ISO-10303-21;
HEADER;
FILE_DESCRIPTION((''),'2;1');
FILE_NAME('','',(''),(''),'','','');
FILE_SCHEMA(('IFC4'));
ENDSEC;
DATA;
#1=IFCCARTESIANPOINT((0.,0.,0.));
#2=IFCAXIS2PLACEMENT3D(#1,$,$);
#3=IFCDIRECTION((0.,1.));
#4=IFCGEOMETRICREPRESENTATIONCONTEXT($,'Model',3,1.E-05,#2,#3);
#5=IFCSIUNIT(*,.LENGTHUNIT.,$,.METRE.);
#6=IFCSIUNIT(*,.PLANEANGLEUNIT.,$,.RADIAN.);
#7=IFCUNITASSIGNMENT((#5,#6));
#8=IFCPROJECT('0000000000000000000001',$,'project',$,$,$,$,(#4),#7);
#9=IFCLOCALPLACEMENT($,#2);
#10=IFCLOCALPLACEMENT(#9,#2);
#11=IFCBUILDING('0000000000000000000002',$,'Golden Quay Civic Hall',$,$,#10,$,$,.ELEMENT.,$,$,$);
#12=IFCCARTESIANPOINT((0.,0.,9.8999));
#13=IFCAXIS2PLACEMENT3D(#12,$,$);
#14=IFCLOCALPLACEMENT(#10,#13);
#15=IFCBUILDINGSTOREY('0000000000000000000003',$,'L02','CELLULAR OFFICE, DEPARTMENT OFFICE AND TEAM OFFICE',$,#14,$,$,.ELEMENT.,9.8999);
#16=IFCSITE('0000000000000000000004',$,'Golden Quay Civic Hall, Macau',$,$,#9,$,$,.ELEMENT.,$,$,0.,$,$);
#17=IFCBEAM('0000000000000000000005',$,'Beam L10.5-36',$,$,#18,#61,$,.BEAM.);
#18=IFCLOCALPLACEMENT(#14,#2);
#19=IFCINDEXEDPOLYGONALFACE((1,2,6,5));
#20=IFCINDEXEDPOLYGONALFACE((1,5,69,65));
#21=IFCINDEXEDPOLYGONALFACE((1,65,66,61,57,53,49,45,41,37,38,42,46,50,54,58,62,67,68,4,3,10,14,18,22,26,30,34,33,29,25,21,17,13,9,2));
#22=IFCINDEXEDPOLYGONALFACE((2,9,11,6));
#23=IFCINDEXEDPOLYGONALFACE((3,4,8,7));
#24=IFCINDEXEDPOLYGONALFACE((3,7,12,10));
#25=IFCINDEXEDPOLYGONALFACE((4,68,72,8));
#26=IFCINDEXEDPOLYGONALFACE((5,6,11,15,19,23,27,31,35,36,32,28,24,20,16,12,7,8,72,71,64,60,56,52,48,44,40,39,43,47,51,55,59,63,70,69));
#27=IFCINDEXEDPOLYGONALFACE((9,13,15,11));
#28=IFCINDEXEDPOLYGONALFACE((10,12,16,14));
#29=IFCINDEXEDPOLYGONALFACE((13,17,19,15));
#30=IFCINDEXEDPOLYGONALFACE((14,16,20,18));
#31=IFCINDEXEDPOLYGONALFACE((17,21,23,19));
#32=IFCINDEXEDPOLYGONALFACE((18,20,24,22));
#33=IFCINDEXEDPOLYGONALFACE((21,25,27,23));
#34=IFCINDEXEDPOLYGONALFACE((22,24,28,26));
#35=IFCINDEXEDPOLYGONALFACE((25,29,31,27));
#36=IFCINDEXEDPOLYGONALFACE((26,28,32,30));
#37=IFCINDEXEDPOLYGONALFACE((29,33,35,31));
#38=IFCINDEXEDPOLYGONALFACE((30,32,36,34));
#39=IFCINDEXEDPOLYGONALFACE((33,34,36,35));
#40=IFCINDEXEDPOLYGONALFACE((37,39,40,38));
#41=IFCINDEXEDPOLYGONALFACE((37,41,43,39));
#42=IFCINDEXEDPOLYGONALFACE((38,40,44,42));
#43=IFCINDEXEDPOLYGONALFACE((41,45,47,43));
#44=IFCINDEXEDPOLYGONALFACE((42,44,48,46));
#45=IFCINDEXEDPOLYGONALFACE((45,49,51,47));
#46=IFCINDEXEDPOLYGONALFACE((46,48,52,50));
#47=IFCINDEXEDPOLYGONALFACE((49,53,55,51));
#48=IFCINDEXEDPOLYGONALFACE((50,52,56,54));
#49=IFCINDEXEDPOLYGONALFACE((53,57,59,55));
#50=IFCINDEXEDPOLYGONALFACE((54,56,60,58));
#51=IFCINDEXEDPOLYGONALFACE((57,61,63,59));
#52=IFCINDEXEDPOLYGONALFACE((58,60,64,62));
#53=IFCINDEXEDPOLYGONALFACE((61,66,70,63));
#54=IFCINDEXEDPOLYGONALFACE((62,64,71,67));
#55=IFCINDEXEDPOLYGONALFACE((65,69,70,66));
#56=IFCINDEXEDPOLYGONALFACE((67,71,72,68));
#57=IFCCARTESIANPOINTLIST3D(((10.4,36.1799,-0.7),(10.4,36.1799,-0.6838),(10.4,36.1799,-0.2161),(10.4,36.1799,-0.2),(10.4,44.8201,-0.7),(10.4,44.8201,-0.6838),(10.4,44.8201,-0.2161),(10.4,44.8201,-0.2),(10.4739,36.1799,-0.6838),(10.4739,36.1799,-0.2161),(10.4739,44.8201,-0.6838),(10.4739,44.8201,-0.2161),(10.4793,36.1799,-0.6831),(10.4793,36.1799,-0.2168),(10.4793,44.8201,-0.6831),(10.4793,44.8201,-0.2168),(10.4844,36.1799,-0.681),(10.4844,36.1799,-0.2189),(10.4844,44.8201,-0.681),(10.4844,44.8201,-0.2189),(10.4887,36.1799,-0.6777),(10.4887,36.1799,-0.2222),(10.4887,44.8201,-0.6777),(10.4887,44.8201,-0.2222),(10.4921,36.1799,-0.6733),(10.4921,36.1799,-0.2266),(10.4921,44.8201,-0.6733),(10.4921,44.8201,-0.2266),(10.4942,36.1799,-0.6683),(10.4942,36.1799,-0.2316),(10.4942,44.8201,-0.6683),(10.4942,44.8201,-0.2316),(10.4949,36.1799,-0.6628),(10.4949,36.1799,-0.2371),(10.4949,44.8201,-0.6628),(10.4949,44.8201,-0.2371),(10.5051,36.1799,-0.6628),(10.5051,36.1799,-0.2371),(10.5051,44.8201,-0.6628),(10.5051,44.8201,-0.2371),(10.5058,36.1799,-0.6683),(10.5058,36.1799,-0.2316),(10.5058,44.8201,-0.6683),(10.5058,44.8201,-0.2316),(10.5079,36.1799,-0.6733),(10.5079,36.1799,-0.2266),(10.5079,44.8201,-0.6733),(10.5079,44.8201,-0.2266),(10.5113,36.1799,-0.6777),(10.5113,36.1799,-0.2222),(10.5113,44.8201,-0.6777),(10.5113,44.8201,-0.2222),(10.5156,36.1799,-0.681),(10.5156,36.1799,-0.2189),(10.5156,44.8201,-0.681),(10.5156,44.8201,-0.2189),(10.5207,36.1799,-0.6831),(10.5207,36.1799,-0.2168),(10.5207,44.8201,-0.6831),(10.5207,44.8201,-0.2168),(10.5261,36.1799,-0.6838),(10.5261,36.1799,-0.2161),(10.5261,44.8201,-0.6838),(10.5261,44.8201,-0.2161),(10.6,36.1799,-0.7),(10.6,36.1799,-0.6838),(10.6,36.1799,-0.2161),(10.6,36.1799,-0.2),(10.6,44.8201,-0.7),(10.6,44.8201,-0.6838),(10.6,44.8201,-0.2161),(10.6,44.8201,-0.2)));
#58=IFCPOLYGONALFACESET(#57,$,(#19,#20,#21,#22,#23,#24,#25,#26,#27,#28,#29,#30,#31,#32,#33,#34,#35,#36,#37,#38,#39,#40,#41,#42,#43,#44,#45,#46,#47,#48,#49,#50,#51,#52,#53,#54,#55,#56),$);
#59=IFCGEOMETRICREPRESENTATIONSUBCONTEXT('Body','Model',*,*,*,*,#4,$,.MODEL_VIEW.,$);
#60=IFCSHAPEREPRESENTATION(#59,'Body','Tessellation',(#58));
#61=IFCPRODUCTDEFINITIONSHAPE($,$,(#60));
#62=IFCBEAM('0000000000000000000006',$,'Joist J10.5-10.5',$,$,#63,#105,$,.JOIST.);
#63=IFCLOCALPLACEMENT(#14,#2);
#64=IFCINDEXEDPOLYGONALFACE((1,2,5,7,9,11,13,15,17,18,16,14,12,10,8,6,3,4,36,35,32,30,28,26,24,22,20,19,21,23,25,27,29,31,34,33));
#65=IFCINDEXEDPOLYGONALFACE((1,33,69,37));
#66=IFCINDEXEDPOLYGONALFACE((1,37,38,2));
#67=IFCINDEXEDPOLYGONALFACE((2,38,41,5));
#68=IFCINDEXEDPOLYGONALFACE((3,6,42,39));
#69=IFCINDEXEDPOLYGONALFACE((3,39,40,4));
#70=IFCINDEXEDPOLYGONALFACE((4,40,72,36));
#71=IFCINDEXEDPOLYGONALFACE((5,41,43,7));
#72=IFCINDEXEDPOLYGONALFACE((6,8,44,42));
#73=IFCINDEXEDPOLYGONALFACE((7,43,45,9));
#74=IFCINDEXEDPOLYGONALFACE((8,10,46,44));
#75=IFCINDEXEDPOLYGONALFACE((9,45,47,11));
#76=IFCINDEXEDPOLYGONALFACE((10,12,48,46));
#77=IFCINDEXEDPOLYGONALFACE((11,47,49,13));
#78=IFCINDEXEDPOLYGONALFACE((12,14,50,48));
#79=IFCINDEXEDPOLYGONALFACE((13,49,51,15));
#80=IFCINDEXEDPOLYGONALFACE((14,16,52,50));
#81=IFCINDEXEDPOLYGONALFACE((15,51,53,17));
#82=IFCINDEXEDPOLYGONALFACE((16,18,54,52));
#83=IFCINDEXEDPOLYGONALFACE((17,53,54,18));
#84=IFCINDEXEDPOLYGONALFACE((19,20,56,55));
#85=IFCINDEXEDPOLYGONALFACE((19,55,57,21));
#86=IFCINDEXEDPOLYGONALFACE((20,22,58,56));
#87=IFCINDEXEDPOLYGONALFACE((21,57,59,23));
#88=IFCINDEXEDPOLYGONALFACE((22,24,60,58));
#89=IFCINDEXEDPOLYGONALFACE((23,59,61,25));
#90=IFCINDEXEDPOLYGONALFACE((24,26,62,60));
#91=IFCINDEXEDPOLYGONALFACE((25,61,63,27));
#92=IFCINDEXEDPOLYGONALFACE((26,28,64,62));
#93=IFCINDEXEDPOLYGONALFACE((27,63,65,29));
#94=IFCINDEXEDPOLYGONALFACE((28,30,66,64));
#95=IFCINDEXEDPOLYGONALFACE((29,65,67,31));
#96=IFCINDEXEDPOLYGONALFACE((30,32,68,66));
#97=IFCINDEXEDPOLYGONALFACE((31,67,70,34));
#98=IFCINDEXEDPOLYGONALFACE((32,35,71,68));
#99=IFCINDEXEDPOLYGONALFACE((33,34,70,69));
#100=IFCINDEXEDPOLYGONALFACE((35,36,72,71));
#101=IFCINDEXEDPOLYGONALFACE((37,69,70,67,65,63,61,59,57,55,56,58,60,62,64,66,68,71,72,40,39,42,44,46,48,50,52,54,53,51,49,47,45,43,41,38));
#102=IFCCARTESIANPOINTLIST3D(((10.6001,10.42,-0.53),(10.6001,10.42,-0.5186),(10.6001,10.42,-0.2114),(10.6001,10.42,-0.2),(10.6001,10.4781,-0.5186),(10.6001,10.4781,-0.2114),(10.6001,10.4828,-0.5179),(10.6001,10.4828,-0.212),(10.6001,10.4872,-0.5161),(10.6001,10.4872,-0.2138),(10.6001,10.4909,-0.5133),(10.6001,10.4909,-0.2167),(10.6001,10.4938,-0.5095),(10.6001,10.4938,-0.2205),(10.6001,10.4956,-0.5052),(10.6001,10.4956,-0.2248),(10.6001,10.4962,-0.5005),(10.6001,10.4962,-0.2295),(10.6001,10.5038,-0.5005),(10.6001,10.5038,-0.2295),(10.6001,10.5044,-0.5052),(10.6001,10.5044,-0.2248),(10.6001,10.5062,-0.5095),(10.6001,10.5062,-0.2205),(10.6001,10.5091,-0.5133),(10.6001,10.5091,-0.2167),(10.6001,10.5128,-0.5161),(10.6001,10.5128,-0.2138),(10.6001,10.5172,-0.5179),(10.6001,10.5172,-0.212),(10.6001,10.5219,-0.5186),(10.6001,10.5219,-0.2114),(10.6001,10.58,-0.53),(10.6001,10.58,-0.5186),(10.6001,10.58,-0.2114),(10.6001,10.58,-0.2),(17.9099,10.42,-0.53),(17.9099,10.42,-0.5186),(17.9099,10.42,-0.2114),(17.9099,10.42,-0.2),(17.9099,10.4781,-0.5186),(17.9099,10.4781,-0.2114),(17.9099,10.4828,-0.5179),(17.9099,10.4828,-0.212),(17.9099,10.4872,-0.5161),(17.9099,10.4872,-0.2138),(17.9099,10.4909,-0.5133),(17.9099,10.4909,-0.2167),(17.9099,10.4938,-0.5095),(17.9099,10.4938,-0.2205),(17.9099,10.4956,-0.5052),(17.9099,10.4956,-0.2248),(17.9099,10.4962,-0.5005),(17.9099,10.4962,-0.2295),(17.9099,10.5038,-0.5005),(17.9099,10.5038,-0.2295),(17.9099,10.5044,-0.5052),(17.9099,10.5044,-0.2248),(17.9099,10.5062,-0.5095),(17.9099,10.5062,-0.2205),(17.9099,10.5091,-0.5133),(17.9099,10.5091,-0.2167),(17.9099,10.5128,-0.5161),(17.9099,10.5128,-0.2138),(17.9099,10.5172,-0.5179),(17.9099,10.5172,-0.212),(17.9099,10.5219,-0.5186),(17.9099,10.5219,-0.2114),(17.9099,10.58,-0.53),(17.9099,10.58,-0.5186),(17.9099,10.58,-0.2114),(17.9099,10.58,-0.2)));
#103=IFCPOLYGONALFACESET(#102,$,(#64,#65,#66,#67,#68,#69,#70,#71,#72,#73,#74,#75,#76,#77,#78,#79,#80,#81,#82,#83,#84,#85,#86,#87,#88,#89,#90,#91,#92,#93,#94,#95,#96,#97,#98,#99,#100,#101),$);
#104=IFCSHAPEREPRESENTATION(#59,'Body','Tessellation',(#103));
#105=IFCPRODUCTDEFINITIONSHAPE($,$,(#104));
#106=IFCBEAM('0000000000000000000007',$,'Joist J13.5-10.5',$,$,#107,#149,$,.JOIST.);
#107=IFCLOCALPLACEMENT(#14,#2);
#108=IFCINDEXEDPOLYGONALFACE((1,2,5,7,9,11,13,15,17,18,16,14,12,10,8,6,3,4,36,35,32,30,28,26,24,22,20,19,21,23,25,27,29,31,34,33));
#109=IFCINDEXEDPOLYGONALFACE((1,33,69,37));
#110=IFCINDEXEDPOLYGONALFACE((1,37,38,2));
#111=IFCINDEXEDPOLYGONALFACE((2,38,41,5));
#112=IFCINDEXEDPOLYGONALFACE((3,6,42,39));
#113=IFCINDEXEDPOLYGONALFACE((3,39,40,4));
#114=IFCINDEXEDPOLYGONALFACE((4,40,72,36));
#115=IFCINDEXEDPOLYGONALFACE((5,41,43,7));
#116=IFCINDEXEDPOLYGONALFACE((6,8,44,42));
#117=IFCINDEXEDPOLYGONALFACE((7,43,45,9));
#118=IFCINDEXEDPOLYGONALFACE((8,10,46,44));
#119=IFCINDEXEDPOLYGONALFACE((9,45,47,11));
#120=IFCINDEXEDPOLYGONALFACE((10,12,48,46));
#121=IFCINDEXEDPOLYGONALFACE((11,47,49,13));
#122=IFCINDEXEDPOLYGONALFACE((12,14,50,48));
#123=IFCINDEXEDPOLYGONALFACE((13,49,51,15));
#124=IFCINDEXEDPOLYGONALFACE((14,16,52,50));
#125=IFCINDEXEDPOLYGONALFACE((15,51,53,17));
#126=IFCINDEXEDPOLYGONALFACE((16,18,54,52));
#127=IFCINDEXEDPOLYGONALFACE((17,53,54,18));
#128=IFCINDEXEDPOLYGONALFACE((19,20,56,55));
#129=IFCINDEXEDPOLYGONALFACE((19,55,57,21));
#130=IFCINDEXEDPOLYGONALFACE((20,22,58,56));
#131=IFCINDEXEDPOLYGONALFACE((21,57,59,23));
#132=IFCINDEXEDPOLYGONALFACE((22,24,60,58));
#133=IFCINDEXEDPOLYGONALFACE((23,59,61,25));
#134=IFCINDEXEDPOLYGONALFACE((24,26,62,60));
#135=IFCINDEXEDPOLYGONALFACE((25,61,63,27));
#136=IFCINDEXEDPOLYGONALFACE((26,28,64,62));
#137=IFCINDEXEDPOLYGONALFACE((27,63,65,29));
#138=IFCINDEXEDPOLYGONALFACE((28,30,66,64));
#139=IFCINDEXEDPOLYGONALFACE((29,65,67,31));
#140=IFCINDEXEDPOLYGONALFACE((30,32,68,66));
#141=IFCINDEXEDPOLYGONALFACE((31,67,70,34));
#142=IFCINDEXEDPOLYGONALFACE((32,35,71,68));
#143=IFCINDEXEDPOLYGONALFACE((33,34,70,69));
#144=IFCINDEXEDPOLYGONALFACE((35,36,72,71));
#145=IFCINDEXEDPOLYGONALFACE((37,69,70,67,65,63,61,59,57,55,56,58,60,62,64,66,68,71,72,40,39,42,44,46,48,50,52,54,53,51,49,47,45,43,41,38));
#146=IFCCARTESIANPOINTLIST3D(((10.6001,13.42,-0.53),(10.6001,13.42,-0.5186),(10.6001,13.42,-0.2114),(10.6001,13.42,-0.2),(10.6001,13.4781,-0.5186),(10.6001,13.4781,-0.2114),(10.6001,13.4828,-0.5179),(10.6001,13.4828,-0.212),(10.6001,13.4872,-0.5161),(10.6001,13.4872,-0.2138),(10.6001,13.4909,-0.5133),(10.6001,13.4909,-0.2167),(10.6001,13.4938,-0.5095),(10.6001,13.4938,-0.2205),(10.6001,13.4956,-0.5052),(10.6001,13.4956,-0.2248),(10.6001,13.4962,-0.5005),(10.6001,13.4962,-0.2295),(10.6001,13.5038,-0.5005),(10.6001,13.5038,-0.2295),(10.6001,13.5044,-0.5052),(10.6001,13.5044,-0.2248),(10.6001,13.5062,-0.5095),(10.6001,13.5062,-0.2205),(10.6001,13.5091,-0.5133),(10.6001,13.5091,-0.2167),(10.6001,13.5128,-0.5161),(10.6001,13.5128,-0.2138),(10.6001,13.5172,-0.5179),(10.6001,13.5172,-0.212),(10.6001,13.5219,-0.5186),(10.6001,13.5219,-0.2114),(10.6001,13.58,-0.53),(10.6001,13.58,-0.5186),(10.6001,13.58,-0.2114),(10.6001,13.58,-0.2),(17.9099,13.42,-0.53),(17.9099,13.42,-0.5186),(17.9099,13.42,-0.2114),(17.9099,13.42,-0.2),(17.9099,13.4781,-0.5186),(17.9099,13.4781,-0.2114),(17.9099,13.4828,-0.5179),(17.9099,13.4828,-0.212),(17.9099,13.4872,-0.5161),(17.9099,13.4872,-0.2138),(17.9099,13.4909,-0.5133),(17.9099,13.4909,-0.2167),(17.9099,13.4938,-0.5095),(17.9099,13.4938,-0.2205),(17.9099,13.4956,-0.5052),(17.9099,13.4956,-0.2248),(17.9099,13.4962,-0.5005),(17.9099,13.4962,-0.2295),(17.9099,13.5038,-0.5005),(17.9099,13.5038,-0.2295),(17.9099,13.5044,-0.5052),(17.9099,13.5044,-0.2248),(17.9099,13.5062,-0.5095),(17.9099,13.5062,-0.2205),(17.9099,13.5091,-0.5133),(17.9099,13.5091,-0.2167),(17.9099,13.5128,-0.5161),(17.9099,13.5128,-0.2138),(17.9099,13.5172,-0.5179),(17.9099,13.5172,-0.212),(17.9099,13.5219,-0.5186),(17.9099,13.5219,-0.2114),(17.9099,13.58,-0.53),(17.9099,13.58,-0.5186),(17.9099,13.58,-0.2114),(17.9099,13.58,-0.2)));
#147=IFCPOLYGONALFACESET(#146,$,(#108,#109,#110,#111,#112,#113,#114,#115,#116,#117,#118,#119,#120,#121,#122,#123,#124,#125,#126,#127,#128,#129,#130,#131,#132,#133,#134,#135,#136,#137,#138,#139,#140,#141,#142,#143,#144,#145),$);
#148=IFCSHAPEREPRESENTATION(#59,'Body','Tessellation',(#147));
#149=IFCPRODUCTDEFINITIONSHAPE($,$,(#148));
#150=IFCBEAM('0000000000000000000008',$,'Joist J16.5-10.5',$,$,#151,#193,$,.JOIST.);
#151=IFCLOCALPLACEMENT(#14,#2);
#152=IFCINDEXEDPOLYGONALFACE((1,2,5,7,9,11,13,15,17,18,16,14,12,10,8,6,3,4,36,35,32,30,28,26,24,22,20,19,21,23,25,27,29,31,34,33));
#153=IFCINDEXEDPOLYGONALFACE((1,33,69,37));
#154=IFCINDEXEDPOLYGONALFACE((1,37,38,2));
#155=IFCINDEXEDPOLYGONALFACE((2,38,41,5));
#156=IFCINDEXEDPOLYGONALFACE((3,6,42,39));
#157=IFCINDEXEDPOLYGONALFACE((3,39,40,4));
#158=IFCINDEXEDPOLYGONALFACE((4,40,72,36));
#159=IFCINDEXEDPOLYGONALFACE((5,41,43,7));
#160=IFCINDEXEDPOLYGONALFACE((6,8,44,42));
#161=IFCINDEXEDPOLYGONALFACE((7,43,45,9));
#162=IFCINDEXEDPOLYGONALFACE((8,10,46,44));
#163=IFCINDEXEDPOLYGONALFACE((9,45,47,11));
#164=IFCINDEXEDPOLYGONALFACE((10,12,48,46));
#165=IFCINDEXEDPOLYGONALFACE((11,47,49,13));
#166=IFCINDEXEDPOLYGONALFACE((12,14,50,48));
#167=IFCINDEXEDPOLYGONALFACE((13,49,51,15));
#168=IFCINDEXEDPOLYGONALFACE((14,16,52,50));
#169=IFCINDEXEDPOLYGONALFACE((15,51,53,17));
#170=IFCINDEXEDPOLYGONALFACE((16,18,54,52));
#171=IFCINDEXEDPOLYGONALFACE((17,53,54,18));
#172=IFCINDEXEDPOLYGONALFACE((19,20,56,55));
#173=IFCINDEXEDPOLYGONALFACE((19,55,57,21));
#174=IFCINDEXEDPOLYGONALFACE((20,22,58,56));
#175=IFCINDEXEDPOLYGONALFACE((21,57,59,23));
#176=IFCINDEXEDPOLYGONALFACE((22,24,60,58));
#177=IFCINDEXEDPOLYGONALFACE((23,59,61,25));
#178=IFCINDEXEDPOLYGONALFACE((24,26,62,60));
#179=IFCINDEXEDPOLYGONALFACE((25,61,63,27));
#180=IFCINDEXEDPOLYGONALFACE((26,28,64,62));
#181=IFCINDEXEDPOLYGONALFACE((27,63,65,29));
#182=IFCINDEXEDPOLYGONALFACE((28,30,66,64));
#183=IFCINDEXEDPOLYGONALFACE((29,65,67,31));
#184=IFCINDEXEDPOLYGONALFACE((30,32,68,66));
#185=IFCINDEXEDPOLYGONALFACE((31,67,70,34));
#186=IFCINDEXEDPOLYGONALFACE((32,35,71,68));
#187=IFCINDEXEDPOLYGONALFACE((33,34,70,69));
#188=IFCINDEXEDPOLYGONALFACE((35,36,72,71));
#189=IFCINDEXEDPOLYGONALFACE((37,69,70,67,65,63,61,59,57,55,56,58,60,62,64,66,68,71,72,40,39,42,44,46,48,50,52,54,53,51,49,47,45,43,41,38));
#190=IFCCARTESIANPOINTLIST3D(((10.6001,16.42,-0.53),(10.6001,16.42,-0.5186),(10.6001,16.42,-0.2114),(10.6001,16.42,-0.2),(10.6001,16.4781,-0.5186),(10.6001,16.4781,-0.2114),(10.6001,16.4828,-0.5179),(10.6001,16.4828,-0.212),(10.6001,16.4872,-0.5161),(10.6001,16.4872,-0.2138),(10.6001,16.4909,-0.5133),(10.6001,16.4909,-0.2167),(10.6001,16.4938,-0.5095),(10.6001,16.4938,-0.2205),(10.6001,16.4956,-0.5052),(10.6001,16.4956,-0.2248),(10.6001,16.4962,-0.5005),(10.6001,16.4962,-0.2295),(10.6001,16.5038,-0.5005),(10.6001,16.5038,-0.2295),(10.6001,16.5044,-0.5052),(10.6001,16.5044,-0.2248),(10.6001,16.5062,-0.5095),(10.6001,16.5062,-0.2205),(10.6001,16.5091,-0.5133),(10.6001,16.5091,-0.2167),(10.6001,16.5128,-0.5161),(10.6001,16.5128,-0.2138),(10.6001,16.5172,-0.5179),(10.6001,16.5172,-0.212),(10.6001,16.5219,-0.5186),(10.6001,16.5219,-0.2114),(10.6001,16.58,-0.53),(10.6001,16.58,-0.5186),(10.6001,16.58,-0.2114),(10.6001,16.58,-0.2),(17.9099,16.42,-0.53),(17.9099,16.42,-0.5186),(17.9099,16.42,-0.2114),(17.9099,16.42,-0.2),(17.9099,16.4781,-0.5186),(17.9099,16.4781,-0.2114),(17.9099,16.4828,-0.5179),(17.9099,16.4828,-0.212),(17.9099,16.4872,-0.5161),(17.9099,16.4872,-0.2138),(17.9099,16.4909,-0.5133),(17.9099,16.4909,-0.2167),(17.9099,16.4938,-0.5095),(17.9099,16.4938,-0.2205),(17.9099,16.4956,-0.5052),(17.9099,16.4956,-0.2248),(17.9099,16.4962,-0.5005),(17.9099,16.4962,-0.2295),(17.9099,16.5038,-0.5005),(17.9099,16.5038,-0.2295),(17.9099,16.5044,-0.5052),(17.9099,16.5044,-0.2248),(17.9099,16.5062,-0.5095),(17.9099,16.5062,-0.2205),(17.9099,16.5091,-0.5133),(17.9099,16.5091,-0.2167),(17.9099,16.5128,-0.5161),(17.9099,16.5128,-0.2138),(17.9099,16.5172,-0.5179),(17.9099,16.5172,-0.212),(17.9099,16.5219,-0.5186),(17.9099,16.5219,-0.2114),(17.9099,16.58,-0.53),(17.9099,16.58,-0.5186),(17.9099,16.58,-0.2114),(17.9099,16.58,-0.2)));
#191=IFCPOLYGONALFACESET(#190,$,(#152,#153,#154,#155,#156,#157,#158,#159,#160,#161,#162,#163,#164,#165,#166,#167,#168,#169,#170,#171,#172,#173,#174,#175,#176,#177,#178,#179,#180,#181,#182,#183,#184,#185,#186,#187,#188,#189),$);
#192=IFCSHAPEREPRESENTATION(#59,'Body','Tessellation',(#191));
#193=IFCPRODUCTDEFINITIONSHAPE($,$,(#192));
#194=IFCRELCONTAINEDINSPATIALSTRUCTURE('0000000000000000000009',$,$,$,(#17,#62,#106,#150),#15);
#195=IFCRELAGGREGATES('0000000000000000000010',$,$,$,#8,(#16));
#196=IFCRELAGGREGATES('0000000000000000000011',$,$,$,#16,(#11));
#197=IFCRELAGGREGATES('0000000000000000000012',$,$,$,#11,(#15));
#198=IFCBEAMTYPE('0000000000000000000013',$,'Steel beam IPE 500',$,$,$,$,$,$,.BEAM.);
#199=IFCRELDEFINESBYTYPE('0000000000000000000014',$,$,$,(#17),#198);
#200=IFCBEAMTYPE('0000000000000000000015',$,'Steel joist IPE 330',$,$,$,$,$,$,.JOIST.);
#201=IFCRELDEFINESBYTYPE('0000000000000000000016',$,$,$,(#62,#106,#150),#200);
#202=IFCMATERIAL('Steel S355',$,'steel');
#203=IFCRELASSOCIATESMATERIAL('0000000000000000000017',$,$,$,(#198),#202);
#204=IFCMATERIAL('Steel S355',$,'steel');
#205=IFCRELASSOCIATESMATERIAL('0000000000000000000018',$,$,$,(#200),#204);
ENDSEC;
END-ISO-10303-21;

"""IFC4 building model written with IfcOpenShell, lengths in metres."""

from ifc_helpers import new_model, si_unit, direction, frame, origin, origin_2d, place, context, subcontext, project, spatial, i_section, extrude, material, material_profile, profile_set, type_object, element, save


model = new_model("IFC4")

# Units and contexts
model_context = context("Model", 3, precision=1e-05, world=origin(), true_north=direction((0.0, 1.0)))
body_context = subcontext(model_context, "Body", "Model", "MODEL_VIEW")
ifc_project = project(units=[si_unit("LENGTHUNIT", "METRE"), si_unit("PLANEANGLEUNIT", "RADIAN")], contexts=[model_context])

# Site, building, storey
site_placement = place(None, origin())
site = spatial("IfcSite", under=ifc_project, at=site_placement, Name="Golden Quay Civic Hall, Macau", CompositionType="ELEMENT", RefElevation=0.0)
building_placement = place(site_placement, origin())
building = spatial("IfcBuilding", under=site, at=building_placement, Name="Golden Quay Civic Hall", CompositionType="ELEMENT")
storey_placement = place(building_placement, frame((0.0, 0.0, 9.8999)))
storey = spatial("IfcBuildingStorey", under=building, at=storey_placement, Name="L02", Description="CELLULAR OFFICE, DEPARTMENT OFFICE AND TEAM OFFICE", CompositionType="ELEMENT", Elevation=9.8999)

# Beams
ifc_material_1 = material(Name="Steel S355", Category="steel")
ifc_material_profile_1 = material_profile(ifc_material_1, i_section(OverallWidth=0.2, OverallDepth=0.5, WebThickness=0.0103, FlangeThickness=0.0161, FilletRadius=0.021, at=origin_2d()), Name="IPE 500")
ifc_profile_set_1 = profile_set([ifc_material_profile_1], Name="Steel S355")
beam_type_1 = type_object("IfcBeamType", Name="Steel beam IPE 500", PredefinedType="BEAM", material=ifc_profile_set_1)
for number, where, z_axis, x_axis, name in (
    (1, (10.5, 36.1799, -0.45), (0.0, 1.0, 0.0), (-1.0, 0.0, 0.0), "Beam L10.5-36"),
):
    element("IfcBeam", number, at=place(storey_placement, frame(where, z_axis=z_axis, x_axis=x_axis)), inside=storey, type_object=beam_type_1, Name=name, PredefinedType="BEAM", context=body_context, shape_type="SweptSolid", body=[
        extrude(i_section(OverallWidth=0.2, OverallDepth=0.5, WebThickness=0.0103, FlangeThickness=0.0161, FilletRadius=0.021, at=origin_2d()), origin(), (0.0, 0.0, 1.0), 8.6401),
    ])
ifc_material_2 = material(Name="Steel S355", Category="steel")
ifc_material_profile_2 = material_profile(ifc_material_2, i_section(OverallWidth=0.1599, OverallDepth=0.3301, WebThickness=0.0076, FlangeThickness=0.0115, FilletRadius=0.0181, at=origin_2d()), Name="IPE 330")
ifc_profile_set_2 = profile_set([ifc_material_profile_2], Name="Steel S355")
beam_type_2 = type_object("IfcBeamType", Name="Steel joist IPE 330", PredefinedType="JOIST", material=ifc_profile_set_2)
for number, where, z_axis, x_axis, name in (
    (2, (10.6001, 10.5, -0.365), (1.0, 0.0, 0.0), (0.0, 1.0, 0.0), "Joist J10.5-10.5"),
    (3, (10.6001, 13.5, -0.365), (1.0, 0.0, 0.0), (0.0, 1.0, 0.0), "Joist J13.5-10.5"),
    (4, (10.6001, 16.5, -0.365), (1.0, 0.0, 0.0), (0.0, 1.0, 0.0), "Joist J16.5-10.5"),
):
    element("IfcBeam", number, at=place(storey_placement, frame(where, z_axis=z_axis, x_axis=x_axis)), inside=storey, type_object=beam_type_2, Name=name, PredefinedType="JOIST", context=body_context, shape_type="SweptSolid", body=[
        extrude(i_section(OverallWidth=0.1599, OverallDepth=0.3301, WebThickness=0.0076, FlangeThickness=0.0115, FilletRadius=0.0181, at=origin_2d()), origin(), (0.0, 0.0, 1.0), 7.3098),
    ])

save(model, "model.ifc")
